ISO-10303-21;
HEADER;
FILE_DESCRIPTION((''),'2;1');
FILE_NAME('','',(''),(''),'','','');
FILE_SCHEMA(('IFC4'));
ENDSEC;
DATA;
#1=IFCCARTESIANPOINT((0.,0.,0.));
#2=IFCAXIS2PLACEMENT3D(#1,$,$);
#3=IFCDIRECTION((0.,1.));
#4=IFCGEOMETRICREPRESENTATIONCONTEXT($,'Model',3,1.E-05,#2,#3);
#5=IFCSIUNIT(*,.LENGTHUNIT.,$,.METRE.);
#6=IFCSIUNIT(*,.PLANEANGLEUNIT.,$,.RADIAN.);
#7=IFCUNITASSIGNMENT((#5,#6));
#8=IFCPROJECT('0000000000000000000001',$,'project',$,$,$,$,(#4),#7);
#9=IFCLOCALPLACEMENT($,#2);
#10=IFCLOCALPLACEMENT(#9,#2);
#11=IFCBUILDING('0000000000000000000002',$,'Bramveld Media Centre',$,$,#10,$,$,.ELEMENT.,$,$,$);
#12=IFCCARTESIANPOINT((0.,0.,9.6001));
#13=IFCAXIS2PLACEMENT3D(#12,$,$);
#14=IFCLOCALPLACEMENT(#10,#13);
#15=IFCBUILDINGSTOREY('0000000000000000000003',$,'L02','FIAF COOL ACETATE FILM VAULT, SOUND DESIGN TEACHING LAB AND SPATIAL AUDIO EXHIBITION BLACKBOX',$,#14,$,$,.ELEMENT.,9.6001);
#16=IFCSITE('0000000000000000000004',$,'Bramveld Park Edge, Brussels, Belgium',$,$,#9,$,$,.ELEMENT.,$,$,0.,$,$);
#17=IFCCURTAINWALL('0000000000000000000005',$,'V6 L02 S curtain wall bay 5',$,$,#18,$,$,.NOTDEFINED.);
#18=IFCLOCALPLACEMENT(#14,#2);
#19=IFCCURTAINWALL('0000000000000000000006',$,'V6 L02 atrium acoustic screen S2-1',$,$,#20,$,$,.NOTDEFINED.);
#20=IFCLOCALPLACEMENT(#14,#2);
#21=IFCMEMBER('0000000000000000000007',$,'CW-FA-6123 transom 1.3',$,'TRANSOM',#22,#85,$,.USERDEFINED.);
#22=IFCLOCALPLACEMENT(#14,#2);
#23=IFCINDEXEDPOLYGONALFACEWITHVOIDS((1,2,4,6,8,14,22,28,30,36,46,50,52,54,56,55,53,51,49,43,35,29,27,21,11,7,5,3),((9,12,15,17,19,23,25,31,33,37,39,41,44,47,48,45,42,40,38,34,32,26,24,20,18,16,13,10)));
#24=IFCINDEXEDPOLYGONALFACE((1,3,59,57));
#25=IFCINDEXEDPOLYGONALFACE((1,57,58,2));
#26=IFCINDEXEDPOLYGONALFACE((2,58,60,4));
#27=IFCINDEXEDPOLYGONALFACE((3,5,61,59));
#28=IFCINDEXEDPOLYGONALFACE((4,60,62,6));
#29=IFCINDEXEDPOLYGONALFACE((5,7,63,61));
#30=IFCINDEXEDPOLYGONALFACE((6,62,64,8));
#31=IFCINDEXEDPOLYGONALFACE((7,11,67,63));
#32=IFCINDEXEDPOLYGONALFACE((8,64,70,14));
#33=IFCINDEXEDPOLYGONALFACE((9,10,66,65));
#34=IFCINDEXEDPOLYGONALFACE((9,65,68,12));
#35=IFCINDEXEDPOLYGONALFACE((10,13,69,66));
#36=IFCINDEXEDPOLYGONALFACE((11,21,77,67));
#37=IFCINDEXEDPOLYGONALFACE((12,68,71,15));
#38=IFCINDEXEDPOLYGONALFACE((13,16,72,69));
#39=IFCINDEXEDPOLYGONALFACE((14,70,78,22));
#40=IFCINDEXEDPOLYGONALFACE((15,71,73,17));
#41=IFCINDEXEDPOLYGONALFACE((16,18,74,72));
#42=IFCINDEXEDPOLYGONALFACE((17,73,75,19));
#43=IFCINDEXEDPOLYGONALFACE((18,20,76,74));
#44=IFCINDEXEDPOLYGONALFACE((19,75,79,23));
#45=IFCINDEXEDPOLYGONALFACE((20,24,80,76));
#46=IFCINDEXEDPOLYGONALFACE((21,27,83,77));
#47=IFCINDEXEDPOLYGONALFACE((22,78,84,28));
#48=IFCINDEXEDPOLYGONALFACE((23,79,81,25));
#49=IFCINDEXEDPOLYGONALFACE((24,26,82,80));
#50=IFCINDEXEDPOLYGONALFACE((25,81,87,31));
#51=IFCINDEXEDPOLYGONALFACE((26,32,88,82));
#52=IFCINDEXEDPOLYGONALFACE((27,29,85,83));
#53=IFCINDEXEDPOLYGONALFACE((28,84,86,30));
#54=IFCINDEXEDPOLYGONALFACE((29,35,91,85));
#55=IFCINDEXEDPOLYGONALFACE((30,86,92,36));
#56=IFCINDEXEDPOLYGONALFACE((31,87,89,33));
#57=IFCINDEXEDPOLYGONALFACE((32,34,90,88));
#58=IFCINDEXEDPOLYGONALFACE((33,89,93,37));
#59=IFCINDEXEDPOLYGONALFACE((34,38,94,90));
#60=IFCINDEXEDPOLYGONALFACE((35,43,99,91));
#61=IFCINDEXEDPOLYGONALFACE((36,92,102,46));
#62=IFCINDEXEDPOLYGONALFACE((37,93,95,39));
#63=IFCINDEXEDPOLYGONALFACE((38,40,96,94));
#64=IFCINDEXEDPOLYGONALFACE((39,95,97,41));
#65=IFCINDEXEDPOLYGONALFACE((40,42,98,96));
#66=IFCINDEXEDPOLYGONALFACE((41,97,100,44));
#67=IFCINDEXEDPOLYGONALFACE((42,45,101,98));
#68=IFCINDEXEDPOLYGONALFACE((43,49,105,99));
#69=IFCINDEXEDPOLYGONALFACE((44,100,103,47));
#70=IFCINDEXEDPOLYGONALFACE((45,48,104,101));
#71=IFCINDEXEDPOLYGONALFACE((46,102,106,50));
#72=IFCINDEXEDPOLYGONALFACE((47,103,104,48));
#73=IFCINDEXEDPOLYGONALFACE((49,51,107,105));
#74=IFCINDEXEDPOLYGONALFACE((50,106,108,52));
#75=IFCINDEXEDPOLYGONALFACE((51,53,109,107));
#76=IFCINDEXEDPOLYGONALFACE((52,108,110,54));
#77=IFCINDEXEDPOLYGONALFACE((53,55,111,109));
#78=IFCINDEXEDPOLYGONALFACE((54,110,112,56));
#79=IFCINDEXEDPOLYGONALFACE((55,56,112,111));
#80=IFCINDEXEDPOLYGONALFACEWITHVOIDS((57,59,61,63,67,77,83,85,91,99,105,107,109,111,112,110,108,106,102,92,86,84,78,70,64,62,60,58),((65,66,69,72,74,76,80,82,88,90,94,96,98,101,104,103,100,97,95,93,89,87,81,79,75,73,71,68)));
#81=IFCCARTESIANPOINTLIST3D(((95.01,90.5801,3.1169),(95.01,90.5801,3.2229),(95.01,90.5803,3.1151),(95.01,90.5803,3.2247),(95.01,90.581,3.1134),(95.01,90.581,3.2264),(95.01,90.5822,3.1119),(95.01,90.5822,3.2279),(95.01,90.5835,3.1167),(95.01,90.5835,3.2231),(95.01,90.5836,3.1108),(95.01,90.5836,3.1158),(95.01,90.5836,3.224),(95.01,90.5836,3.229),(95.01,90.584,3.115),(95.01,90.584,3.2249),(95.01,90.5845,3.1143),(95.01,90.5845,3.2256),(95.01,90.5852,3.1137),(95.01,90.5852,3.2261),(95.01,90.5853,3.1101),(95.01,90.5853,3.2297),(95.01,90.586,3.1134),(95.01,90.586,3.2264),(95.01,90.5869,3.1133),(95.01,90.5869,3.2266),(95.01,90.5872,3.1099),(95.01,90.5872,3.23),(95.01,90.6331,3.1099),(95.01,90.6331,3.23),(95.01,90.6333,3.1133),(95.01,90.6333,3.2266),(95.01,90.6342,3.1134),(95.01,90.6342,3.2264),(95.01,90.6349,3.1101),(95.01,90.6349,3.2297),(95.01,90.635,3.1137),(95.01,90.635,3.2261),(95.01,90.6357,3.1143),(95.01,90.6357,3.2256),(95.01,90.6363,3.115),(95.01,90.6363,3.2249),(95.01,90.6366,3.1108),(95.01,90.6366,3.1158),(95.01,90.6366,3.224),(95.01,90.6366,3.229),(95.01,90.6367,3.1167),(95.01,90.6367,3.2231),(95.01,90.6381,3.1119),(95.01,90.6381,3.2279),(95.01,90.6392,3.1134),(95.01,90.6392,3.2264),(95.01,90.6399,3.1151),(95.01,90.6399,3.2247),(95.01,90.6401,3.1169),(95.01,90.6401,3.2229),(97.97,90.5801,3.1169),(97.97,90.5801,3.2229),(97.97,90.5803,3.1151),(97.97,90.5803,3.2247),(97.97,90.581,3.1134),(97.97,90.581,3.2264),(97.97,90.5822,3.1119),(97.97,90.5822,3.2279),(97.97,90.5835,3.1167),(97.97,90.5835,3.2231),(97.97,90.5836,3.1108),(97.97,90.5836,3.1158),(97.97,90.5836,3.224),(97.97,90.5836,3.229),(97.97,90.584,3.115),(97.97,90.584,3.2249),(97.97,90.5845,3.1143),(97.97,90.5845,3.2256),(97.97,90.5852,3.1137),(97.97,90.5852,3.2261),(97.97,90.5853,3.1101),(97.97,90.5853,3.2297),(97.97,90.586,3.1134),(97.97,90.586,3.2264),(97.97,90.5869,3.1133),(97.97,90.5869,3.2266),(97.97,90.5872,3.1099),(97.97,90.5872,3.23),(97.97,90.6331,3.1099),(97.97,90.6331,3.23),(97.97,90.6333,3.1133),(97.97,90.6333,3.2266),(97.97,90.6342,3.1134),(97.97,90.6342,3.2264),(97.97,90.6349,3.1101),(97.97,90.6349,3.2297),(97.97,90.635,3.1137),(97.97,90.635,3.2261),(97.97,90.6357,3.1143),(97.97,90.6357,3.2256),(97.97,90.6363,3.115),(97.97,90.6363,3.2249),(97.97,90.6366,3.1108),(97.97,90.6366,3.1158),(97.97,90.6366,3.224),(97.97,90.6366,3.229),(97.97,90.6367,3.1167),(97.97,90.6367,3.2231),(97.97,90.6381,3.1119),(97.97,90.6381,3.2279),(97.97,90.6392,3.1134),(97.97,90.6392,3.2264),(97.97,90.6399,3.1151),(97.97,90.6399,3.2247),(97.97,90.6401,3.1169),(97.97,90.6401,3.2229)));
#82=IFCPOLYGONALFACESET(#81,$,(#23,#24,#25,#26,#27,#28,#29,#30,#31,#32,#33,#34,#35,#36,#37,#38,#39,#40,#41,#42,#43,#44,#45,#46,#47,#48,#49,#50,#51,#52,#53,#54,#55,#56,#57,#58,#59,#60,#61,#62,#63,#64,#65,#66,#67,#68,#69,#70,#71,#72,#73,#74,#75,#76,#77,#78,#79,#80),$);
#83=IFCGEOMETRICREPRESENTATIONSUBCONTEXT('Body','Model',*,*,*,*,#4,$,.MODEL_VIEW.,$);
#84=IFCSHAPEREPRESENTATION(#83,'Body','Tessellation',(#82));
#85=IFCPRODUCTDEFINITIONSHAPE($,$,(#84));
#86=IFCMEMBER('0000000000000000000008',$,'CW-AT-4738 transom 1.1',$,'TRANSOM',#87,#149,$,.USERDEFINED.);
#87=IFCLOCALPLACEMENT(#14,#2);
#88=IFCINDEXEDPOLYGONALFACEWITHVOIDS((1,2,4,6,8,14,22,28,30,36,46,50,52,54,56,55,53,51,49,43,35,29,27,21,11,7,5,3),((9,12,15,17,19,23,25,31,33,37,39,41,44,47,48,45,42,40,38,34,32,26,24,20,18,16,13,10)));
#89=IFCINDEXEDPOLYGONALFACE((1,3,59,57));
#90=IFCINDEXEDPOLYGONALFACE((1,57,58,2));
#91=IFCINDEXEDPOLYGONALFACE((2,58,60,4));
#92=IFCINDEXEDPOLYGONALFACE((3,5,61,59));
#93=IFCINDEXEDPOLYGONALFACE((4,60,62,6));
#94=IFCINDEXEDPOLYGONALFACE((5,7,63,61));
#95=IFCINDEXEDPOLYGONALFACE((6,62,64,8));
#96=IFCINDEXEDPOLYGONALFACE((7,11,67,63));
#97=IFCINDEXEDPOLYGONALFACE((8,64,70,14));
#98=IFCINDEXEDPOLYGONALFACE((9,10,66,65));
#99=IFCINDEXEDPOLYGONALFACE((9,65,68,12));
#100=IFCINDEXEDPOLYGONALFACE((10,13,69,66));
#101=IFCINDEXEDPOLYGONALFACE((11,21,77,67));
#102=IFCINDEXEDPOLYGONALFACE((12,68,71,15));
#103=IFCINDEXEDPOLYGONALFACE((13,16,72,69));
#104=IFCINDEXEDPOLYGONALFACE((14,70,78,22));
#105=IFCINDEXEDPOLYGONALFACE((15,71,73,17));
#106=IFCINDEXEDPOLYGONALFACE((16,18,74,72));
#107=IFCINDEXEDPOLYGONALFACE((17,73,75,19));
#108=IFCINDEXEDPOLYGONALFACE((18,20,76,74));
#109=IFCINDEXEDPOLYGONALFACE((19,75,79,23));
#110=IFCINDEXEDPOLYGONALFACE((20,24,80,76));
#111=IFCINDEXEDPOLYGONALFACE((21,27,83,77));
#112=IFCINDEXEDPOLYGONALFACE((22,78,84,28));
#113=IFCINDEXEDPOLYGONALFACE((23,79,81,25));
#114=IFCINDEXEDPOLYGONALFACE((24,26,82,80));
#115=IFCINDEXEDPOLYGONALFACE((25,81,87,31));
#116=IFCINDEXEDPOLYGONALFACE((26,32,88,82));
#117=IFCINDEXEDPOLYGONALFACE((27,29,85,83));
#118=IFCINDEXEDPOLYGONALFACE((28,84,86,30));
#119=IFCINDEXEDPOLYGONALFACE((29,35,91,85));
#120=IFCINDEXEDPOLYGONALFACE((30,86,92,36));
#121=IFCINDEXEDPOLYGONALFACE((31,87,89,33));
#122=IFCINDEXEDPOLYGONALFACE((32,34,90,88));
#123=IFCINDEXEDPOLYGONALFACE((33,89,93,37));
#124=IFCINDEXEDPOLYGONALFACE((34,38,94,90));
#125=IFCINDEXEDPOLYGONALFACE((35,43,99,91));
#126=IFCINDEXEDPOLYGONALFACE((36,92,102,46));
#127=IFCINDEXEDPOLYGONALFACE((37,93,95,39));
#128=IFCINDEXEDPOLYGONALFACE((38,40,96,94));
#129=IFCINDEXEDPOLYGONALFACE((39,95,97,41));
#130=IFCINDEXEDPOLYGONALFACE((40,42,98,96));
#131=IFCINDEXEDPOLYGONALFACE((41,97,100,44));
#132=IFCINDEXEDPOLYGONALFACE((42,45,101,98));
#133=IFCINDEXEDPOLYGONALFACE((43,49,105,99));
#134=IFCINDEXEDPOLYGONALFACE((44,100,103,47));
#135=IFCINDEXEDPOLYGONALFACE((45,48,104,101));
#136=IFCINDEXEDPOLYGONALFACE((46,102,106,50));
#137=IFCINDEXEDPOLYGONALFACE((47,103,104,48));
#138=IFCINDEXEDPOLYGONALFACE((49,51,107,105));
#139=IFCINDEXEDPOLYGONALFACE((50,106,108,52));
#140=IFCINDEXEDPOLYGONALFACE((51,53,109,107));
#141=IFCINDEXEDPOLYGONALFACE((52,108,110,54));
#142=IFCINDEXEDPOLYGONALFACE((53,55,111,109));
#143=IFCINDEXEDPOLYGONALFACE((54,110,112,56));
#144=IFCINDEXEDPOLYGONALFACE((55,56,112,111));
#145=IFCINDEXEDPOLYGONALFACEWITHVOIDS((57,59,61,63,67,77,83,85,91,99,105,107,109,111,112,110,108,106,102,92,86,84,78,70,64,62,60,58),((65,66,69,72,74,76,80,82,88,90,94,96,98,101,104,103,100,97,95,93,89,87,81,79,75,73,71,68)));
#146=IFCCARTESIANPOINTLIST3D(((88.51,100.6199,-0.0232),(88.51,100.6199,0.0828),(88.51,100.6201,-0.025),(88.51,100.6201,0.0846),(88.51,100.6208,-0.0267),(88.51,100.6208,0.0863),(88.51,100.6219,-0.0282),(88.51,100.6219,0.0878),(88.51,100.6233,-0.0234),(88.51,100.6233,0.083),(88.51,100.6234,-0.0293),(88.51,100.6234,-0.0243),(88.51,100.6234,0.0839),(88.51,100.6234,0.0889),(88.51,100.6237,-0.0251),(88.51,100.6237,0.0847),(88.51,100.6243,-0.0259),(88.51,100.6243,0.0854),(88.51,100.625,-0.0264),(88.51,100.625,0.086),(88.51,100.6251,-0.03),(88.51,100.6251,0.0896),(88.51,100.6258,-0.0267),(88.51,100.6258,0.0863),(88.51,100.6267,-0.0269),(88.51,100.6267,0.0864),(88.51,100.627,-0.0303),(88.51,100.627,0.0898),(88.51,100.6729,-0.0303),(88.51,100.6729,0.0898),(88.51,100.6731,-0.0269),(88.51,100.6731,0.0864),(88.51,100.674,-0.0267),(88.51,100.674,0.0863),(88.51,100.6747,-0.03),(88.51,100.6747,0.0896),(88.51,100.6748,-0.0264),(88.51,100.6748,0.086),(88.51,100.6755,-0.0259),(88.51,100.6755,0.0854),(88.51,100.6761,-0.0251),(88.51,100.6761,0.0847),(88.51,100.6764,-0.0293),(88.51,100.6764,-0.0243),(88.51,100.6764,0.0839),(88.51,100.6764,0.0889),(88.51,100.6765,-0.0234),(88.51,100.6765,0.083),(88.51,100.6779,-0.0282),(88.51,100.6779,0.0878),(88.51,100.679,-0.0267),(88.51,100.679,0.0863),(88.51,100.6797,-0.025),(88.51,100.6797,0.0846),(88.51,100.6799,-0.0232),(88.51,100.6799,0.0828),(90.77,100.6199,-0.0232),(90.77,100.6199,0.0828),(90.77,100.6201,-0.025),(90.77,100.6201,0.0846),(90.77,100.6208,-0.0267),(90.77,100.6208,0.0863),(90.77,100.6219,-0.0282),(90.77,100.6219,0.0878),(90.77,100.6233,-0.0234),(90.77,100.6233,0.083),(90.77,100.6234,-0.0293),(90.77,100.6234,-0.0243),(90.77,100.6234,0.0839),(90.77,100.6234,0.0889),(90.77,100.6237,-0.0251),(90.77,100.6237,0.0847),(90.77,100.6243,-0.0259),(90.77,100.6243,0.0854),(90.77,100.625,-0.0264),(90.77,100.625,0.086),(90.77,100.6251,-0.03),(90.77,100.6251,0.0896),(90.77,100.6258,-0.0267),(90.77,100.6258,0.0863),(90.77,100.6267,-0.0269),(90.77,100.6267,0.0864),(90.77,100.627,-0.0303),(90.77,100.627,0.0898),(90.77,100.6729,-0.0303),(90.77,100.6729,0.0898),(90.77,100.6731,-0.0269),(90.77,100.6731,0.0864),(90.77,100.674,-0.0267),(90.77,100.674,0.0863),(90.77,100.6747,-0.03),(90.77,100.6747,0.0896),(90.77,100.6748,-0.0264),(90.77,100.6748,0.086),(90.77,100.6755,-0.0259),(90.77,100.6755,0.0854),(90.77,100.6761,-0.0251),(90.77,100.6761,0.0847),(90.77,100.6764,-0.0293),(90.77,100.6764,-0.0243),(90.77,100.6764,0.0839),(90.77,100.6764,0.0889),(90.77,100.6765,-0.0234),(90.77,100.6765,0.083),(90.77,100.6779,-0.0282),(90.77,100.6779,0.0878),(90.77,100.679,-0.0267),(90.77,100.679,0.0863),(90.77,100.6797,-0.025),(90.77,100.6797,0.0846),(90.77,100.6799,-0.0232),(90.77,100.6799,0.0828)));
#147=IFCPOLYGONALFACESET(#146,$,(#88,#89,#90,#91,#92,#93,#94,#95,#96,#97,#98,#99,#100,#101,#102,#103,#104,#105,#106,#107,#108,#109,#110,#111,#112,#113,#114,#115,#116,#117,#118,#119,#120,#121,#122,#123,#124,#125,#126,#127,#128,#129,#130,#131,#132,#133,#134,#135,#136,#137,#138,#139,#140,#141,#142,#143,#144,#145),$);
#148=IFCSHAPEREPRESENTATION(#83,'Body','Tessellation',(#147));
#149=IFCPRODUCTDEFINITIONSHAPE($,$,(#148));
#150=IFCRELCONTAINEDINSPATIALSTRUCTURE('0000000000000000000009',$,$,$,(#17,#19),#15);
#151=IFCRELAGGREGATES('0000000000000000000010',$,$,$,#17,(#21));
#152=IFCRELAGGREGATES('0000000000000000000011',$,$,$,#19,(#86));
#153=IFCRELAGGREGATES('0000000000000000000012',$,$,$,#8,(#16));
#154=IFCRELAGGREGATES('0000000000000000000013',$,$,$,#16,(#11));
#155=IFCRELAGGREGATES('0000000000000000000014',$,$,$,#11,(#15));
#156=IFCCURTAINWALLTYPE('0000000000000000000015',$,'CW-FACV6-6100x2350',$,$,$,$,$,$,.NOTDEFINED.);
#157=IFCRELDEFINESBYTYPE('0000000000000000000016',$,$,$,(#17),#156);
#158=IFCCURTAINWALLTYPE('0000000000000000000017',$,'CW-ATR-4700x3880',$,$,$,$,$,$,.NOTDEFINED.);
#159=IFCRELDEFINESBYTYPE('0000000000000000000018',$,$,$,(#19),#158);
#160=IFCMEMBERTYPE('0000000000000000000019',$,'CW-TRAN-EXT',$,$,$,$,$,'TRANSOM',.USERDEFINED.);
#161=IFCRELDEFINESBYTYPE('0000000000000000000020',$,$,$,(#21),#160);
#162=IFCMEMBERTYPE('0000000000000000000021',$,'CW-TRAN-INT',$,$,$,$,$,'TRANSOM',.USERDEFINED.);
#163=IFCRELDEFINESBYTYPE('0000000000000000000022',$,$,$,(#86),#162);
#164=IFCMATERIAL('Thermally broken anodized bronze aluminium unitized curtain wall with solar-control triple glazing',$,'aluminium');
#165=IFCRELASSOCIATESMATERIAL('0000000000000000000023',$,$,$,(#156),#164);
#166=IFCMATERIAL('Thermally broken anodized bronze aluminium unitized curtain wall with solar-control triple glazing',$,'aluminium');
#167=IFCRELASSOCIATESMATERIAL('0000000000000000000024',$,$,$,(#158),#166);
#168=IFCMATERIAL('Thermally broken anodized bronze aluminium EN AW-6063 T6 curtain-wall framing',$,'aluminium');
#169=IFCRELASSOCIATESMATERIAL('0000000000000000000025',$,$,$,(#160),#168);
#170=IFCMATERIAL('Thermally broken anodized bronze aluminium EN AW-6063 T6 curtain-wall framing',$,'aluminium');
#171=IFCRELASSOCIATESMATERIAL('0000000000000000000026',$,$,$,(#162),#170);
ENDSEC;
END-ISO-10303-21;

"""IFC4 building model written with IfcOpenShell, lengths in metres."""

from ifc_helpers import new_model, si_unit, direction, frame, origin, origin_2d, place, context, subcontext, project, spatial, hollow_rectangle, extrude, material, material_profile, profile_set, type_object, element, aggregate, save


model = new_model("IFC4")

# Units and contexts
model_context = context("Model", 3, precision=1e-05, world=origin(), true_north=direction((0.0, 1.0)))
body_context = subcontext(model_context, "Body", "Model", "MODEL_VIEW")
ifc_project = project(units=[si_unit("LENGTHUNIT", "METRE"), si_unit("PLANEANGLEUNIT", "RADIAN")], contexts=[model_context])

# Site, building, storey
site_placement = place(None, origin())
site = spatial("IfcSite", under=ifc_project, at=site_placement, Name="Bramveld Park Edge, Brussels, Belgium", CompositionType="ELEMENT", RefElevation=0.0)
building_placement = place(site_placement, origin())
building = spatial("IfcBuilding", under=site, at=building_placement, Name="Bramveld Media Centre", CompositionType="ELEMENT")
storey_placement = place(building_placement, frame((0.0, 0.0, 9.6001)))
storey = spatial("IfcBuildingStorey", under=building, at=storey_placement, Name="L02", Description="FIAF COOL ACETATE FILM VAULT, SOUND DESIGN TEACHING LAB AND SPATIAL AUDIO EXHIBITION BLACKBOX", CompositionType="ELEMENT", Elevation=9.6001)

# Shared definitions
ifc_material_1 = material(Name="Thermally broken anodized bronze aluminium unitized curtain wall with solar-control triple glazing", Category="aluminium")
curtain_wall_type_1 = type_object("IfcCurtainWallType", Name="CW-FACV6-6100x2350", PredefinedType="NOTDEFINED", material=ifc_material_1)

# Curtain wall
curtain_wall_1_placement = place(storey_placement, origin())
curtain_wall_1 = element("IfcCurtainWall", 1, at=curtain_wall_1_placement, inside=storey, type_object=curtain_wall_type_1, Name="V6 L02 S curtain wall bay 5", PredefinedType="NOTDEFINED")

# Curtain wall
ifc_material_2 = material(Name="Thermally broken anodized bronze aluminium unitized curtain wall with solar-control triple glazing", Category="aluminium")
curtain_wall_type_2 = type_object("IfcCurtainWallType", Name="CW-ATR-4700x3880", PredefinedType="NOTDEFINED", material=ifc_material_2)
curtain_wall_2_placement = place(storey_placement, origin())
curtain_wall_2 = element("IfcCurtainWall", 2, at=curtain_wall_2_placement, inside=storey, type_object=curtain_wall_type_2, Name="V6 L02 atrium acoustic screen S2-1", PredefinedType="NOTDEFINED")

# Members
ifc_material_3 = material(Name="Thermally broken anodized bronze aluminium EN AW-6063 T6 curtain-wall framing", Category="aluminium")
ifc_material_profile_1 = material_profile(ifc_material_3, hollow_rectangle(XDim=0.0601, YDim=0.1201, WallThickness=0.0034, InnerFilletRadius=0.0034, OuterFilletRadius=0.0071, at=origin_2d()), Name="AL-TRAN 60x120")
ifc_profile_set_1 = profile_set([ifc_material_profile_1], Name="Thermally broken anodized bronze aluminium EN AW-6063 T6 curtain-wall framing")
member_type_1 = type_object("IfcMemberType", Name="CW-TRAN-EXT", ElementType="TRANSOM", PredefinedType="USERDEFINED", material=ifc_profile_set_1)
member_1_placement = place(storey_placement, frame((95.01, 90.6101, 3.1699), z_axis=(1.0, 0.0, 0.0), x_axis=(0.0, 1.0, 0.0)))
member_1 = element("IfcMember", 3, at=member_1_placement, type_object=member_type_1, Name="CW-FA-6123 transom 1.3", ObjectType="TRANSOM", PredefinedType="USERDEFINED", context=body_context, shape_type="SweptSolid", body=[
    extrude(hollow_rectangle(XDim=0.0601, YDim=0.1201, WallThickness=0.0034, InnerFilletRadius=0.0034, OuterFilletRadius=0.0071, at=origin_2d()), origin(), (0.0, 0.0, 1.0), 2.96),
])
aggregate(curtain_wall_1, [member_1])
ifc_material_4 = material(Name="Thermally broken anodized bronze aluminium EN AW-6063 T6 curtain-wall framing", Category="aluminium")
ifc_material_profile_2 = material_profile(ifc_material_4, hollow_rectangle(XDim=0.0601, YDim=0.1201, WallThickness=0.0034, InnerFilletRadius=0.0034, OuterFilletRadius=0.0071, at=origin_2d()), Name="AL-TRAN 60x120")
ifc_profile_set_2 = profile_set([ifc_material_profile_2], Name="Thermally broken anodized bronze aluminium EN AW-6063 T6 curtain-wall framing")
member_type_2 = type_object("IfcMemberType", Name="CW-TRAN-INT", ElementType="TRANSOM", PredefinedType="USERDEFINED", material=ifc_profile_set_2)
member_2_placement = place(storey_placement, frame((88.51, 100.6499, 0.0298), z_axis=(1.0, 0.0, 0.0), x_axis=(0.0, 1.0, 0.0)))
member_2 = element("IfcMember", 4, at=member_2_placement, type_object=member_type_2, Name="CW-AT-4738 transom 1.1", ObjectType="TRANSOM", PredefinedType="USERDEFINED", context=body_context, shape_type="SweptSolid", body=[
    extrude(hollow_rectangle(XDim=0.0601, YDim=0.1201, WallThickness=0.0034, InnerFilletRadius=0.0034, OuterFilletRadius=0.0071, at=origin_2d()), origin(), (0.0, 0.0, 1.0), 2.26),
])

aggregate(curtain_wall_2, [member_2])

save(model, "model.ifc")
